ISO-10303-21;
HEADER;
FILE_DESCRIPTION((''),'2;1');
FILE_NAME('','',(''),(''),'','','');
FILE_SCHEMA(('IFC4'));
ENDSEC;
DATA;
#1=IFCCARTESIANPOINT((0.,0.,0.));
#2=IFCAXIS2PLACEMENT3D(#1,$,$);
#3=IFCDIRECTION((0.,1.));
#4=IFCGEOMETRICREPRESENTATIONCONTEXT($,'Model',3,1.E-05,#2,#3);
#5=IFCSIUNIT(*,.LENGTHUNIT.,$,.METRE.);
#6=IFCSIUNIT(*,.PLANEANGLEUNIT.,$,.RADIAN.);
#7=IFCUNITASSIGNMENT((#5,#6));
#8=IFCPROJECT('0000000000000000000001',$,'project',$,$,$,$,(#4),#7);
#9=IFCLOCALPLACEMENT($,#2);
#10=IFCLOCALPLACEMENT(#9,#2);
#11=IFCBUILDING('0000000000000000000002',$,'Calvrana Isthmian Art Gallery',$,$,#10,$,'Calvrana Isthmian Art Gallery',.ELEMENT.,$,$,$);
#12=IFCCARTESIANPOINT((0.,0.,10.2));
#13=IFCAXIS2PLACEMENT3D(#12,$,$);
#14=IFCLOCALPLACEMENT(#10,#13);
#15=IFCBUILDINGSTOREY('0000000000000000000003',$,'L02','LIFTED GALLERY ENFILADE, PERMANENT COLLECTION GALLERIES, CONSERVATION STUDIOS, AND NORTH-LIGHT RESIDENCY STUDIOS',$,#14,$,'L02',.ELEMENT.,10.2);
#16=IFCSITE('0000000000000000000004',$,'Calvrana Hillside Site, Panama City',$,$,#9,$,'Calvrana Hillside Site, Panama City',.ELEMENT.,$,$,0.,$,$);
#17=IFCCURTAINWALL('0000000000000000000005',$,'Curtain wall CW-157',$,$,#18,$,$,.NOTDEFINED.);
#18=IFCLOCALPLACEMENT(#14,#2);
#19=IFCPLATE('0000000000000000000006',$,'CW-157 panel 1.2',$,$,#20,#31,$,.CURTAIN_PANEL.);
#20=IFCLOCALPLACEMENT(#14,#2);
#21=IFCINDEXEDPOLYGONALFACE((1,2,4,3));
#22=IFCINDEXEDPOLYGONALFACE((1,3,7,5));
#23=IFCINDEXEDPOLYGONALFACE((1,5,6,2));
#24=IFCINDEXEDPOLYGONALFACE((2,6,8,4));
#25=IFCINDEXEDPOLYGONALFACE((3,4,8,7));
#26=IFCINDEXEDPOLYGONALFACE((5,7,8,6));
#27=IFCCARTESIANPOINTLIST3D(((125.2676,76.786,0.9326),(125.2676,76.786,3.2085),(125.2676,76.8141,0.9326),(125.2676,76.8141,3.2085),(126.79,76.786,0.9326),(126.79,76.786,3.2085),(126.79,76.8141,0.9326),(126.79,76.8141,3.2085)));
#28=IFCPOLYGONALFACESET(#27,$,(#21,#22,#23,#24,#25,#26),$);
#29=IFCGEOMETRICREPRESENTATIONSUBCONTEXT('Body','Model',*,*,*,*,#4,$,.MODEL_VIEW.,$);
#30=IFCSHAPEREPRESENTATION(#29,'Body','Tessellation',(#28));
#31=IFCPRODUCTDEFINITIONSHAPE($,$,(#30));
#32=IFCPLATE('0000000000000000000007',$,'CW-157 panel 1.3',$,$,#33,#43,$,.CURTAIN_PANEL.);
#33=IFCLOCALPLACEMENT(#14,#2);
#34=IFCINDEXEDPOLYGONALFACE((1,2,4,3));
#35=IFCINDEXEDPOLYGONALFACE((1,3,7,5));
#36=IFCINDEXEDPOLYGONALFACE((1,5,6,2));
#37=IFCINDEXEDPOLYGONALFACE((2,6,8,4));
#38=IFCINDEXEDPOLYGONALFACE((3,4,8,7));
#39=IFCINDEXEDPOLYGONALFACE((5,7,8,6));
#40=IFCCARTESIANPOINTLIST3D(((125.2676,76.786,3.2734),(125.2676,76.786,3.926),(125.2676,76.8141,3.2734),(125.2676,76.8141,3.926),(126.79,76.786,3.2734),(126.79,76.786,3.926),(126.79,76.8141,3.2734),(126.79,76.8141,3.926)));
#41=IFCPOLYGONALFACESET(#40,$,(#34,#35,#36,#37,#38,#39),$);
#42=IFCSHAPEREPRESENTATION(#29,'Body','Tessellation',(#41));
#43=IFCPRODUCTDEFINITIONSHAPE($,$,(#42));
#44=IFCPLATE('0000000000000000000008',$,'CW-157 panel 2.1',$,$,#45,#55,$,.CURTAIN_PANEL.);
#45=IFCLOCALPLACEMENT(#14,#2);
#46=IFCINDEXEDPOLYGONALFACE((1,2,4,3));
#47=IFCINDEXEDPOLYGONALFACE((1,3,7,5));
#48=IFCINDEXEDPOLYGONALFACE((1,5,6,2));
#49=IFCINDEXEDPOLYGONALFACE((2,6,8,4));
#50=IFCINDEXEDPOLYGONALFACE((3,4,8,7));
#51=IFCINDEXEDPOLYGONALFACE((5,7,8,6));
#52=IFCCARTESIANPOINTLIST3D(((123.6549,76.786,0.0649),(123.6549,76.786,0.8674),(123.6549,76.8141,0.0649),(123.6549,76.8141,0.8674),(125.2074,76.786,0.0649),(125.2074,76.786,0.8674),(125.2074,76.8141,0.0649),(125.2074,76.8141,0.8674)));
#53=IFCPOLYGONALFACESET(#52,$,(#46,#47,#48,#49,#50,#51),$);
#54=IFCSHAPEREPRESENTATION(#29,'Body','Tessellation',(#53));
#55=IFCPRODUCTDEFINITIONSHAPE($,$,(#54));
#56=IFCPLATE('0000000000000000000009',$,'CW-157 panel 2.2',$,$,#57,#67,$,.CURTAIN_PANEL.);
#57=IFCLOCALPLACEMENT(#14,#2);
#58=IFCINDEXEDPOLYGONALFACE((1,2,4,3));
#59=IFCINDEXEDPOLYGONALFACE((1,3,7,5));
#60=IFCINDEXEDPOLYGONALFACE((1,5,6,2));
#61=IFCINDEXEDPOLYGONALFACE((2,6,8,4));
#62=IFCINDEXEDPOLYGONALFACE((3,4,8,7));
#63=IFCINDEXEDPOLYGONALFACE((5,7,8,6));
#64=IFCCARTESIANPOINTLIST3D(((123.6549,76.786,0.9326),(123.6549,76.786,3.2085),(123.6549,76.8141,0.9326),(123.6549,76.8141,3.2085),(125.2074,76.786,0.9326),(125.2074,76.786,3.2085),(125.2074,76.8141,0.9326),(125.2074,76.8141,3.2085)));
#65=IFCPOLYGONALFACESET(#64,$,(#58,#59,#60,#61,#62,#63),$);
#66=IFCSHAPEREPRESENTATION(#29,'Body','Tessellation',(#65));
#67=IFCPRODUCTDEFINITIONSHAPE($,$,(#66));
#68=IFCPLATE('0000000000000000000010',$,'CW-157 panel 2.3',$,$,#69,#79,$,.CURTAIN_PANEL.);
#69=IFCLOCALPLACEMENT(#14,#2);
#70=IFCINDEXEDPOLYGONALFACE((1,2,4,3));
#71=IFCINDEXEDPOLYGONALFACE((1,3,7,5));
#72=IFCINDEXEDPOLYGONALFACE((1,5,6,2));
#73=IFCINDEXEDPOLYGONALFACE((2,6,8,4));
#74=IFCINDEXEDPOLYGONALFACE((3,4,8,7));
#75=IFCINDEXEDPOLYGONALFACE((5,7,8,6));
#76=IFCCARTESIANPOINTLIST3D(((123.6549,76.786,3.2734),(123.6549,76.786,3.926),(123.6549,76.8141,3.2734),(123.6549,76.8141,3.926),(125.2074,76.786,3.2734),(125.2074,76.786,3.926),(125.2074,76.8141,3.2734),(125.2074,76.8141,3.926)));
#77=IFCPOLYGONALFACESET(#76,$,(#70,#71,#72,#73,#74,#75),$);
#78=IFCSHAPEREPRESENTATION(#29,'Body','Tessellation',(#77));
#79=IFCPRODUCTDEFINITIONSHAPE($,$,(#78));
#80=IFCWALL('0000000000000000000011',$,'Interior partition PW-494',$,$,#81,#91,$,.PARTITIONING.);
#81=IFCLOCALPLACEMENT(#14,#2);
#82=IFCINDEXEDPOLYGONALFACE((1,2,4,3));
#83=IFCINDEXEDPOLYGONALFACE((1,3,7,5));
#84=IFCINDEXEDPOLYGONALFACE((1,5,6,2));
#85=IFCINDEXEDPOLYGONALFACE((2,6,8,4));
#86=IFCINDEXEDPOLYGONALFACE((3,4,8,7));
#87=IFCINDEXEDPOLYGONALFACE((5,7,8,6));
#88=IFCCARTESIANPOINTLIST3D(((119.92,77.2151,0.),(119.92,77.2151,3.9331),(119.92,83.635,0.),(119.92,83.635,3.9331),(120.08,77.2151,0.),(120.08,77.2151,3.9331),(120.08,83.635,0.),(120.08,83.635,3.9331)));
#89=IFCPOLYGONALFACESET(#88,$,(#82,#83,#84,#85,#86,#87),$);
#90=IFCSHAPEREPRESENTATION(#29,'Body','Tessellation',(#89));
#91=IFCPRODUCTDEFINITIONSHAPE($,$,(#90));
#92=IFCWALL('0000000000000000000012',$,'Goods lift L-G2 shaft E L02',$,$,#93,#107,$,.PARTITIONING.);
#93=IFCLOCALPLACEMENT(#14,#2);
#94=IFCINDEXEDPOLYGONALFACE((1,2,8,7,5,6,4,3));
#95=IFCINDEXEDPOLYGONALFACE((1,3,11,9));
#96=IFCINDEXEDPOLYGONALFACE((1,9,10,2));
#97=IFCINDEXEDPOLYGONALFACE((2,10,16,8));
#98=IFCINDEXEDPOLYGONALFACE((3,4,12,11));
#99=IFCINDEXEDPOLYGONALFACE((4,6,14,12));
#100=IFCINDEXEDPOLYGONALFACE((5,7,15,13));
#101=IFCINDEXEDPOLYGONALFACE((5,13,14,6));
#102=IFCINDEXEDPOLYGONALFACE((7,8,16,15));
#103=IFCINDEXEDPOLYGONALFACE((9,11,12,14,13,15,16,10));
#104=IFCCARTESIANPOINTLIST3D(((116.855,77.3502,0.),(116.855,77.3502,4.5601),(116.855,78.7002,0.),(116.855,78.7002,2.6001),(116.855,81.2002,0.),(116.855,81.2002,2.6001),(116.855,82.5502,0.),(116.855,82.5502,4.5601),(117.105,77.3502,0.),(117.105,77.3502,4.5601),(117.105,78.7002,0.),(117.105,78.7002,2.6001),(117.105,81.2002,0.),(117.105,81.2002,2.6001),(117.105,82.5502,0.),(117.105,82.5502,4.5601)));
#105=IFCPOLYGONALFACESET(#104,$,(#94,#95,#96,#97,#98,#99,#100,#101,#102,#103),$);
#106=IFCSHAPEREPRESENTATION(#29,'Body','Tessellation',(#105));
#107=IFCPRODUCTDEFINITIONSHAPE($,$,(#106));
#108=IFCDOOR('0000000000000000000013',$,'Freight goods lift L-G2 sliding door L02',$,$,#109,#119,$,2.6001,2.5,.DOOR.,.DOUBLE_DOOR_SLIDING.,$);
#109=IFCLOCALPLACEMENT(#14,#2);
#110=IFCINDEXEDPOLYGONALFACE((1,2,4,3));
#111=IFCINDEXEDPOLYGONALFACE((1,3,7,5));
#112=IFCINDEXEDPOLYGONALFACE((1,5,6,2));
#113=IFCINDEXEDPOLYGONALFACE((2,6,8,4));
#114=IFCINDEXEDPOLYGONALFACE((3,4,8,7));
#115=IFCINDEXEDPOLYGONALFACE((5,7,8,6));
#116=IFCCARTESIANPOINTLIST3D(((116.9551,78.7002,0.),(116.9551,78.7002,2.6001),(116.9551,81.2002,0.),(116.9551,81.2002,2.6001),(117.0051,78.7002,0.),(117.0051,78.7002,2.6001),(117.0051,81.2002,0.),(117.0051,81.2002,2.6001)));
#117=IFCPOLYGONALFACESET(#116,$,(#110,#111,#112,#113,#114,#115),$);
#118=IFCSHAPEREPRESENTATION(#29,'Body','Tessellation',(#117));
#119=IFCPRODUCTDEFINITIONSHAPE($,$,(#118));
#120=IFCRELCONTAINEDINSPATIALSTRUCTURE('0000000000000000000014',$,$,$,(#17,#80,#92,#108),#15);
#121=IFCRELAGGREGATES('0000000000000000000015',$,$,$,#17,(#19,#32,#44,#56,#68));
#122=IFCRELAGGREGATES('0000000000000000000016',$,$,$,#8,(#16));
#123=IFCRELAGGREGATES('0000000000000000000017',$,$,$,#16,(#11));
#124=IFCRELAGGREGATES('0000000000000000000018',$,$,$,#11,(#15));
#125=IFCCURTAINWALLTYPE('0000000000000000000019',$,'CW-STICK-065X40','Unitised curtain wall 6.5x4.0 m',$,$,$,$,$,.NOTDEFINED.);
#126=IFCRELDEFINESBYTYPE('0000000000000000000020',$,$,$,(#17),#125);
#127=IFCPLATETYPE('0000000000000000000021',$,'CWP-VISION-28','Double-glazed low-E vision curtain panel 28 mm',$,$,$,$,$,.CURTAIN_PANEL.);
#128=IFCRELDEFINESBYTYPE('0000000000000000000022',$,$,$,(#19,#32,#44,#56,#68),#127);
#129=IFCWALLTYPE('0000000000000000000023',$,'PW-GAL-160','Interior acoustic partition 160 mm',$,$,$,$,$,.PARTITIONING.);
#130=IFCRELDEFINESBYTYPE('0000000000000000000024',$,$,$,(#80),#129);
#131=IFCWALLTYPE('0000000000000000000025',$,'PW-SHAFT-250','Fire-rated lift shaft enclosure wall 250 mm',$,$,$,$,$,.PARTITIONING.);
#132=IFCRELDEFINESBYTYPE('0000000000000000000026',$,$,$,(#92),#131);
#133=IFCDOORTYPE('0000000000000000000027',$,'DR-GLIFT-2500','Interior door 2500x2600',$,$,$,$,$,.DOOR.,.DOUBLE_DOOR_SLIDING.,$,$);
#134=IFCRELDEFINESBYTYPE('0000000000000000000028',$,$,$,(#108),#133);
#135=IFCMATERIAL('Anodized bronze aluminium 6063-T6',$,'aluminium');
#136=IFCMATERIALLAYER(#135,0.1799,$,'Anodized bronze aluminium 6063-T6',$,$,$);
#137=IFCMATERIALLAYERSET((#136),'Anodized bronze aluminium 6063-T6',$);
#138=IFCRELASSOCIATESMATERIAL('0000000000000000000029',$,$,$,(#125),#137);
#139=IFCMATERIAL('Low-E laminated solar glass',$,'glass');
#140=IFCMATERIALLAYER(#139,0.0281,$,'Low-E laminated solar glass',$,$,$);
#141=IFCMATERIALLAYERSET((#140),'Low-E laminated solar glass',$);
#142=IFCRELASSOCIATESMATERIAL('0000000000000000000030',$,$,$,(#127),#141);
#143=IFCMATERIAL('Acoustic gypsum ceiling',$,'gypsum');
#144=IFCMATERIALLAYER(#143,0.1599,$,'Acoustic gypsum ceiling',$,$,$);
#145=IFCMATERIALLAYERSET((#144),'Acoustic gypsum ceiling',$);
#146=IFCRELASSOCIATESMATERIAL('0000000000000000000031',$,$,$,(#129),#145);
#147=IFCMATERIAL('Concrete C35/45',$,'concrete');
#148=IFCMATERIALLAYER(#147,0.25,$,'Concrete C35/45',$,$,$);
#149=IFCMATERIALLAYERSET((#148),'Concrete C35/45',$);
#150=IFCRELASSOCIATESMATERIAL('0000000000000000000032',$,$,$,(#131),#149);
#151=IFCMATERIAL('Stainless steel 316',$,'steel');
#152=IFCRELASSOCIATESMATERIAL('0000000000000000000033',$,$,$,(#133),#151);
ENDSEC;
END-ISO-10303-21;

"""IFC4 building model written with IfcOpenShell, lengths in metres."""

from ifc_helpers import new_model, si_unit, direction, frame, frame_2d, origin, origin_2d, place, context, subcontext, project, spatial, rectangle, extrude, material, layer, layer_set, type_object, element, fill, aggregate, save


model = new_model("IFC4")

# Units and contexts
model_context = context("Model", 3, precision=1e-05, world=origin(), true_north=direction((0.0, 1.0)))
body_context = subcontext(model_context, "Body", "Model", "MODEL_VIEW")
ifc_project = project(units=[si_unit("LENGTHUNIT", "METRE"), si_unit("PLANEANGLEUNIT", "RADIAN")], contexts=[model_context])

# Site, building, storey
site_placement = place(None, origin())
site = spatial("IfcSite", under=ifc_project, at=site_placement, Name="Calvrana Hillside Site, Panama City", LongName="Calvrana Hillside Site, Panama City", CompositionType="ELEMENT", RefElevation=0.0)
building_placement = place(site_placement, origin())
building = spatial("IfcBuilding", under=site, at=building_placement, Name="Calvrana Isthmian Art Gallery", LongName="Calvrana Isthmian Art Gallery", CompositionType="ELEMENT")
storey_placement = place(building_placement, frame((0.0, 0.0, 10.2)))
storey = spatial("IfcBuildingStorey", under=building, at=storey_placement, Name="L02", Description="LIFTED GALLERY ENFILADE, PERMANENT COLLECTION GALLERIES, CONSERVATION STUDIOS, AND NORTH-LIGHT RESIDENCY STUDIOS", LongName="L02", CompositionType="ELEMENT", Elevation=10.2)

# Curtain wall, plates
ifc_material_1 = material(Name="Anodized bronze aluminium 6063-T6", Category="aluminium")
ifc_layer_1 = layer(ifc_material_1, 0.1799, Name="Anodized bronze aluminium 6063-T6")
ifc_layer_set_1 = layer_set([ifc_layer_1], Name="Anodized bronze aluminium 6063-T6")
curtain_wall_type = type_object("IfcCurtainWallType", Name="CW-STICK-065X40", Description="Unitised curtain wall 6.5x4.0 m", PredefinedType="NOTDEFINED", material=ifc_layer_set_1)
curtain_wall_placement = place(storey_placement, origin())
curtain_wall = element("IfcCurtainWall", 1, at=curtain_wall_placement, inside=storey, type_object=curtain_wall_type, Name="Curtain wall CW-157", PredefinedType="NOTDEFINED")
ifc_material_2 = material(Name="Low-E laminated solar glass", Category="glass")
ifc_layer_2 = layer(ifc_material_2, 0.0281, Name="Low-E laminated solar glass")
ifc_layer_set_2 = layer_set([ifc_layer_2], Name="Low-E laminated solar glass")
plate_type = type_object("IfcPlateType", Name="CWP-VISION-28", Description="Double-glazed low-E vision curtain panel 28 mm", PredefinedType="CURTAIN_PANEL", material=ifc_layer_set_2)
plate_1_placement = place(storey_placement, frame((126.0288, 76.8, 0.9326), z_axis=(0.0, 0.0, 1.0), x_axis=(-1.0, 0.0, 0.0)))
plate_1 = element("IfcPlate", 2, at=plate_1_placement, type_object=plate_type, Name="CW-157 panel 1.2", PredefinedType="CURTAIN_PANEL", context=body_context, shape_type="SweptSolid", body=[
    extrude(rectangle(XDim=1.5225, YDim=0.0281, at=origin_2d()), origin(), (0.0, 0.0, 1.0), 2.2759),
])
plate_2_placement = place(storey_placement, frame((126.0288, 76.8, 3.2734), z_axis=(0.0, 0.0, 1.0), x_axis=(-1.0, 0.0, 0.0)))
plate_2 = element("IfcPlate", 3, at=plate_2_placement, type_object=plate_type, Name="CW-157 panel 1.3", PredefinedType="CURTAIN_PANEL", context=body_context, shape_type="SweptSolid", body=[
    extrude(rectangle(XDim=1.5225, YDim=0.0281, at=origin_2d()), origin(), (0.0, 0.0, 1.0), 0.6526),
])
plate_3_placement = place(storey_placement, frame((124.4312, 76.8, 0.0649), z_axis=(0.0, 0.0, 1.0), x_axis=(-1.0, 0.0, 0.0)))
plate_3 = element("IfcPlate", 4, at=plate_3_placement, type_object=plate_type, Name="CW-157 panel 2.1", PredefinedType="CURTAIN_PANEL", context=body_context, shape_type="SweptSolid", body=[
    extrude(rectangle(XDim=1.5525, YDim=0.0281, at=origin_2d()), origin(), (0.0, 0.0, 1.0), 0.8025),
])
plate_4_placement = place(storey_placement, frame((124.4312, 76.8, 0.9326), z_axis=(0.0, 0.0, 1.0), x_axis=(-1.0, 0.0, 0.0)))
plate_4 = element("IfcPlate", 5, at=plate_4_placement, type_object=plate_type, Name="CW-157 panel 2.2", PredefinedType="CURTAIN_PANEL", context=body_context, shape_type="SweptSolid", body=[
    extrude(rectangle(XDim=1.5525, YDim=0.0281, at=origin_2d()), origin(), (0.0, 0.0, 1.0), 2.2759),
])
plate_5_placement = place(storey_placement, frame((124.4312, 76.8, 3.2734), z_axis=(0.0, 0.0, 1.0), x_axis=(-1.0, 0.0, 0.0)))
plate_5 = element("IfcPlate", 6, at=plate_5_placement, type_object=plate_type, Name="CW-157 panel 2.3", PredefinedType="CURTAIN_PANEL", context=body_context, shape_type="SweptSolid", body=[
    extrude(rectangle(XDim=1.5525, YDim=0.0281, at=origin_2d()), origin(), (0.0, 0.0, 1.0), 0.6526),
])
aggregate(curtain_wall, [plate_1, plate_2, plate_3, plate_4, plate_5])

# Wall
ifc_material_3 = material(Name="Acoustic gypsum ceiling", Category="gypsum")
ifc_layer_3 = layer(ifc_material_3, 0.1599, Name="Acoustic gypsum ceiling")
ifc_layer_set_3 = layer_set([ifc_layer_3], Name="Acoustic gypsum ceiling")
wall_type_1 = type_object("IfcWallType", Name="PW-GAL-160", Description="Interior acoustic partition 160 mm", PredefinedType="PARTITIONING", material=ifc_layer_set_3)
wall_1_placement = place(storey_placement, frame((120.0, 77.2151, 0.0), z_axis=(0.0, 0.0, 1.0), x_axis=(0.0, 1.0, 0.0)))
element("IfcWall", 7, at=wall_1_placement, inside=storey, type_object=wall_type_1, Name="Interior partition PW-494", PredefinedType="PARTITIONING", context=body_context, shape_type="SweptSolid", body=[
    extrude(rectangle(XDim=6.4199, YDim=0.1599, at=frame_2d((3.21, 0.0))), origin(), (0.0, 0.0, 1.0), 3.9331),
])

# Wall, opening, door
ifc_material_4 = material(Name="Concrete C35/45", Category="concrete")
ifc_layer_4 = layer(ifc_material_4, 0.25, Name="Concrete C35/45")
ifc_layer_set_4 = layer_set([ifc_layer_4], Name="Concrete C35/45")
wall_type_2 = type_object("IfcWallType", Name="PW-SHAFT-250", Description="Fire-rated lift shaft enclosure wall 250 mm", PredefinedType="PARTITIONING", material=ifc_layer_set_4)
wall_2_placement = place(storey_placement, frame((116.98, 77.3501, 0.0), z_axis=(0.0, 0.0, 1.0), x_axis=(0.0, 1.0, 0.0)))
wall_2 = element("IfcWall", 8, at=wall_2_placement, inside=storey, type_object=wall_type_2, Name="Goods lift L-G2 shaft E L02", PredefinedType="PARTITIONING", context=body_context, shape_type="SweptSolid", body=[
    extrude(rectangle(XDim=5.2, YDim=0.25, at=frame_2d((2.6001, 0.0))), origin(), (0.0, 0.0, 1.0), 4.5601),
])
opening_placement = place(wall_2_placement, frame((1.3501, 0.0, 0.0)))
opening = element("IfcOpeningElement", 9, at=opening_placement, cuts=wall_2, PredefinedType="OPENING", context=body_context, shape_type="SweptSolid", body=[
    extrude(rectangle(XDim=2.5, YDim=2.6001, at=frame_2d((1.25, 1.3))), frame((0.0, 0.1353, 0.0), z_axis=(0.0, -1.0, 0.0), x_axis=(1.0, 0.0, 0.0)), (0.0, 0.0, 1.0), 0.2705),
])
ifc_material_5 = material(Name="Stainless steel 316", Category="steel")
door_type = type_object("IfcDoorType", Name="DR-GLIFT-2500", Description="Interior door 2500x2600", OperationType="DOUBLE_DOOR_SLIDING", PredefinedType="DOOR", material=ifc_material_5)
door_placement = place(opening_placement, origin())
door = element("IfcDoor", 10, at=door_placement, inside=storey, type_object=door_type, Name="Freight goods lift L-G2 sliding door L02", OperationType="DOUBLE_DOOR_SLIDING", OverallHeight=2.6001, OverallWidth=2.5, PredefinedType="DOOR", context=body_context, shape_type="SweptSolid", body=[
    extrude(rectangle(XDim=2.5, YDim=2.6001, at=frame_2d((1.25, 1.3))), frame((0.0, 0.0249, 0.0), z_axis=(0.0, -1.0, 0.0), x_axis=(1.0, 0.0, 0.0)), (0.0, 0.0, 1.0), 0.05),
])
fill(opening, door)

save(model, "model.ifc")
